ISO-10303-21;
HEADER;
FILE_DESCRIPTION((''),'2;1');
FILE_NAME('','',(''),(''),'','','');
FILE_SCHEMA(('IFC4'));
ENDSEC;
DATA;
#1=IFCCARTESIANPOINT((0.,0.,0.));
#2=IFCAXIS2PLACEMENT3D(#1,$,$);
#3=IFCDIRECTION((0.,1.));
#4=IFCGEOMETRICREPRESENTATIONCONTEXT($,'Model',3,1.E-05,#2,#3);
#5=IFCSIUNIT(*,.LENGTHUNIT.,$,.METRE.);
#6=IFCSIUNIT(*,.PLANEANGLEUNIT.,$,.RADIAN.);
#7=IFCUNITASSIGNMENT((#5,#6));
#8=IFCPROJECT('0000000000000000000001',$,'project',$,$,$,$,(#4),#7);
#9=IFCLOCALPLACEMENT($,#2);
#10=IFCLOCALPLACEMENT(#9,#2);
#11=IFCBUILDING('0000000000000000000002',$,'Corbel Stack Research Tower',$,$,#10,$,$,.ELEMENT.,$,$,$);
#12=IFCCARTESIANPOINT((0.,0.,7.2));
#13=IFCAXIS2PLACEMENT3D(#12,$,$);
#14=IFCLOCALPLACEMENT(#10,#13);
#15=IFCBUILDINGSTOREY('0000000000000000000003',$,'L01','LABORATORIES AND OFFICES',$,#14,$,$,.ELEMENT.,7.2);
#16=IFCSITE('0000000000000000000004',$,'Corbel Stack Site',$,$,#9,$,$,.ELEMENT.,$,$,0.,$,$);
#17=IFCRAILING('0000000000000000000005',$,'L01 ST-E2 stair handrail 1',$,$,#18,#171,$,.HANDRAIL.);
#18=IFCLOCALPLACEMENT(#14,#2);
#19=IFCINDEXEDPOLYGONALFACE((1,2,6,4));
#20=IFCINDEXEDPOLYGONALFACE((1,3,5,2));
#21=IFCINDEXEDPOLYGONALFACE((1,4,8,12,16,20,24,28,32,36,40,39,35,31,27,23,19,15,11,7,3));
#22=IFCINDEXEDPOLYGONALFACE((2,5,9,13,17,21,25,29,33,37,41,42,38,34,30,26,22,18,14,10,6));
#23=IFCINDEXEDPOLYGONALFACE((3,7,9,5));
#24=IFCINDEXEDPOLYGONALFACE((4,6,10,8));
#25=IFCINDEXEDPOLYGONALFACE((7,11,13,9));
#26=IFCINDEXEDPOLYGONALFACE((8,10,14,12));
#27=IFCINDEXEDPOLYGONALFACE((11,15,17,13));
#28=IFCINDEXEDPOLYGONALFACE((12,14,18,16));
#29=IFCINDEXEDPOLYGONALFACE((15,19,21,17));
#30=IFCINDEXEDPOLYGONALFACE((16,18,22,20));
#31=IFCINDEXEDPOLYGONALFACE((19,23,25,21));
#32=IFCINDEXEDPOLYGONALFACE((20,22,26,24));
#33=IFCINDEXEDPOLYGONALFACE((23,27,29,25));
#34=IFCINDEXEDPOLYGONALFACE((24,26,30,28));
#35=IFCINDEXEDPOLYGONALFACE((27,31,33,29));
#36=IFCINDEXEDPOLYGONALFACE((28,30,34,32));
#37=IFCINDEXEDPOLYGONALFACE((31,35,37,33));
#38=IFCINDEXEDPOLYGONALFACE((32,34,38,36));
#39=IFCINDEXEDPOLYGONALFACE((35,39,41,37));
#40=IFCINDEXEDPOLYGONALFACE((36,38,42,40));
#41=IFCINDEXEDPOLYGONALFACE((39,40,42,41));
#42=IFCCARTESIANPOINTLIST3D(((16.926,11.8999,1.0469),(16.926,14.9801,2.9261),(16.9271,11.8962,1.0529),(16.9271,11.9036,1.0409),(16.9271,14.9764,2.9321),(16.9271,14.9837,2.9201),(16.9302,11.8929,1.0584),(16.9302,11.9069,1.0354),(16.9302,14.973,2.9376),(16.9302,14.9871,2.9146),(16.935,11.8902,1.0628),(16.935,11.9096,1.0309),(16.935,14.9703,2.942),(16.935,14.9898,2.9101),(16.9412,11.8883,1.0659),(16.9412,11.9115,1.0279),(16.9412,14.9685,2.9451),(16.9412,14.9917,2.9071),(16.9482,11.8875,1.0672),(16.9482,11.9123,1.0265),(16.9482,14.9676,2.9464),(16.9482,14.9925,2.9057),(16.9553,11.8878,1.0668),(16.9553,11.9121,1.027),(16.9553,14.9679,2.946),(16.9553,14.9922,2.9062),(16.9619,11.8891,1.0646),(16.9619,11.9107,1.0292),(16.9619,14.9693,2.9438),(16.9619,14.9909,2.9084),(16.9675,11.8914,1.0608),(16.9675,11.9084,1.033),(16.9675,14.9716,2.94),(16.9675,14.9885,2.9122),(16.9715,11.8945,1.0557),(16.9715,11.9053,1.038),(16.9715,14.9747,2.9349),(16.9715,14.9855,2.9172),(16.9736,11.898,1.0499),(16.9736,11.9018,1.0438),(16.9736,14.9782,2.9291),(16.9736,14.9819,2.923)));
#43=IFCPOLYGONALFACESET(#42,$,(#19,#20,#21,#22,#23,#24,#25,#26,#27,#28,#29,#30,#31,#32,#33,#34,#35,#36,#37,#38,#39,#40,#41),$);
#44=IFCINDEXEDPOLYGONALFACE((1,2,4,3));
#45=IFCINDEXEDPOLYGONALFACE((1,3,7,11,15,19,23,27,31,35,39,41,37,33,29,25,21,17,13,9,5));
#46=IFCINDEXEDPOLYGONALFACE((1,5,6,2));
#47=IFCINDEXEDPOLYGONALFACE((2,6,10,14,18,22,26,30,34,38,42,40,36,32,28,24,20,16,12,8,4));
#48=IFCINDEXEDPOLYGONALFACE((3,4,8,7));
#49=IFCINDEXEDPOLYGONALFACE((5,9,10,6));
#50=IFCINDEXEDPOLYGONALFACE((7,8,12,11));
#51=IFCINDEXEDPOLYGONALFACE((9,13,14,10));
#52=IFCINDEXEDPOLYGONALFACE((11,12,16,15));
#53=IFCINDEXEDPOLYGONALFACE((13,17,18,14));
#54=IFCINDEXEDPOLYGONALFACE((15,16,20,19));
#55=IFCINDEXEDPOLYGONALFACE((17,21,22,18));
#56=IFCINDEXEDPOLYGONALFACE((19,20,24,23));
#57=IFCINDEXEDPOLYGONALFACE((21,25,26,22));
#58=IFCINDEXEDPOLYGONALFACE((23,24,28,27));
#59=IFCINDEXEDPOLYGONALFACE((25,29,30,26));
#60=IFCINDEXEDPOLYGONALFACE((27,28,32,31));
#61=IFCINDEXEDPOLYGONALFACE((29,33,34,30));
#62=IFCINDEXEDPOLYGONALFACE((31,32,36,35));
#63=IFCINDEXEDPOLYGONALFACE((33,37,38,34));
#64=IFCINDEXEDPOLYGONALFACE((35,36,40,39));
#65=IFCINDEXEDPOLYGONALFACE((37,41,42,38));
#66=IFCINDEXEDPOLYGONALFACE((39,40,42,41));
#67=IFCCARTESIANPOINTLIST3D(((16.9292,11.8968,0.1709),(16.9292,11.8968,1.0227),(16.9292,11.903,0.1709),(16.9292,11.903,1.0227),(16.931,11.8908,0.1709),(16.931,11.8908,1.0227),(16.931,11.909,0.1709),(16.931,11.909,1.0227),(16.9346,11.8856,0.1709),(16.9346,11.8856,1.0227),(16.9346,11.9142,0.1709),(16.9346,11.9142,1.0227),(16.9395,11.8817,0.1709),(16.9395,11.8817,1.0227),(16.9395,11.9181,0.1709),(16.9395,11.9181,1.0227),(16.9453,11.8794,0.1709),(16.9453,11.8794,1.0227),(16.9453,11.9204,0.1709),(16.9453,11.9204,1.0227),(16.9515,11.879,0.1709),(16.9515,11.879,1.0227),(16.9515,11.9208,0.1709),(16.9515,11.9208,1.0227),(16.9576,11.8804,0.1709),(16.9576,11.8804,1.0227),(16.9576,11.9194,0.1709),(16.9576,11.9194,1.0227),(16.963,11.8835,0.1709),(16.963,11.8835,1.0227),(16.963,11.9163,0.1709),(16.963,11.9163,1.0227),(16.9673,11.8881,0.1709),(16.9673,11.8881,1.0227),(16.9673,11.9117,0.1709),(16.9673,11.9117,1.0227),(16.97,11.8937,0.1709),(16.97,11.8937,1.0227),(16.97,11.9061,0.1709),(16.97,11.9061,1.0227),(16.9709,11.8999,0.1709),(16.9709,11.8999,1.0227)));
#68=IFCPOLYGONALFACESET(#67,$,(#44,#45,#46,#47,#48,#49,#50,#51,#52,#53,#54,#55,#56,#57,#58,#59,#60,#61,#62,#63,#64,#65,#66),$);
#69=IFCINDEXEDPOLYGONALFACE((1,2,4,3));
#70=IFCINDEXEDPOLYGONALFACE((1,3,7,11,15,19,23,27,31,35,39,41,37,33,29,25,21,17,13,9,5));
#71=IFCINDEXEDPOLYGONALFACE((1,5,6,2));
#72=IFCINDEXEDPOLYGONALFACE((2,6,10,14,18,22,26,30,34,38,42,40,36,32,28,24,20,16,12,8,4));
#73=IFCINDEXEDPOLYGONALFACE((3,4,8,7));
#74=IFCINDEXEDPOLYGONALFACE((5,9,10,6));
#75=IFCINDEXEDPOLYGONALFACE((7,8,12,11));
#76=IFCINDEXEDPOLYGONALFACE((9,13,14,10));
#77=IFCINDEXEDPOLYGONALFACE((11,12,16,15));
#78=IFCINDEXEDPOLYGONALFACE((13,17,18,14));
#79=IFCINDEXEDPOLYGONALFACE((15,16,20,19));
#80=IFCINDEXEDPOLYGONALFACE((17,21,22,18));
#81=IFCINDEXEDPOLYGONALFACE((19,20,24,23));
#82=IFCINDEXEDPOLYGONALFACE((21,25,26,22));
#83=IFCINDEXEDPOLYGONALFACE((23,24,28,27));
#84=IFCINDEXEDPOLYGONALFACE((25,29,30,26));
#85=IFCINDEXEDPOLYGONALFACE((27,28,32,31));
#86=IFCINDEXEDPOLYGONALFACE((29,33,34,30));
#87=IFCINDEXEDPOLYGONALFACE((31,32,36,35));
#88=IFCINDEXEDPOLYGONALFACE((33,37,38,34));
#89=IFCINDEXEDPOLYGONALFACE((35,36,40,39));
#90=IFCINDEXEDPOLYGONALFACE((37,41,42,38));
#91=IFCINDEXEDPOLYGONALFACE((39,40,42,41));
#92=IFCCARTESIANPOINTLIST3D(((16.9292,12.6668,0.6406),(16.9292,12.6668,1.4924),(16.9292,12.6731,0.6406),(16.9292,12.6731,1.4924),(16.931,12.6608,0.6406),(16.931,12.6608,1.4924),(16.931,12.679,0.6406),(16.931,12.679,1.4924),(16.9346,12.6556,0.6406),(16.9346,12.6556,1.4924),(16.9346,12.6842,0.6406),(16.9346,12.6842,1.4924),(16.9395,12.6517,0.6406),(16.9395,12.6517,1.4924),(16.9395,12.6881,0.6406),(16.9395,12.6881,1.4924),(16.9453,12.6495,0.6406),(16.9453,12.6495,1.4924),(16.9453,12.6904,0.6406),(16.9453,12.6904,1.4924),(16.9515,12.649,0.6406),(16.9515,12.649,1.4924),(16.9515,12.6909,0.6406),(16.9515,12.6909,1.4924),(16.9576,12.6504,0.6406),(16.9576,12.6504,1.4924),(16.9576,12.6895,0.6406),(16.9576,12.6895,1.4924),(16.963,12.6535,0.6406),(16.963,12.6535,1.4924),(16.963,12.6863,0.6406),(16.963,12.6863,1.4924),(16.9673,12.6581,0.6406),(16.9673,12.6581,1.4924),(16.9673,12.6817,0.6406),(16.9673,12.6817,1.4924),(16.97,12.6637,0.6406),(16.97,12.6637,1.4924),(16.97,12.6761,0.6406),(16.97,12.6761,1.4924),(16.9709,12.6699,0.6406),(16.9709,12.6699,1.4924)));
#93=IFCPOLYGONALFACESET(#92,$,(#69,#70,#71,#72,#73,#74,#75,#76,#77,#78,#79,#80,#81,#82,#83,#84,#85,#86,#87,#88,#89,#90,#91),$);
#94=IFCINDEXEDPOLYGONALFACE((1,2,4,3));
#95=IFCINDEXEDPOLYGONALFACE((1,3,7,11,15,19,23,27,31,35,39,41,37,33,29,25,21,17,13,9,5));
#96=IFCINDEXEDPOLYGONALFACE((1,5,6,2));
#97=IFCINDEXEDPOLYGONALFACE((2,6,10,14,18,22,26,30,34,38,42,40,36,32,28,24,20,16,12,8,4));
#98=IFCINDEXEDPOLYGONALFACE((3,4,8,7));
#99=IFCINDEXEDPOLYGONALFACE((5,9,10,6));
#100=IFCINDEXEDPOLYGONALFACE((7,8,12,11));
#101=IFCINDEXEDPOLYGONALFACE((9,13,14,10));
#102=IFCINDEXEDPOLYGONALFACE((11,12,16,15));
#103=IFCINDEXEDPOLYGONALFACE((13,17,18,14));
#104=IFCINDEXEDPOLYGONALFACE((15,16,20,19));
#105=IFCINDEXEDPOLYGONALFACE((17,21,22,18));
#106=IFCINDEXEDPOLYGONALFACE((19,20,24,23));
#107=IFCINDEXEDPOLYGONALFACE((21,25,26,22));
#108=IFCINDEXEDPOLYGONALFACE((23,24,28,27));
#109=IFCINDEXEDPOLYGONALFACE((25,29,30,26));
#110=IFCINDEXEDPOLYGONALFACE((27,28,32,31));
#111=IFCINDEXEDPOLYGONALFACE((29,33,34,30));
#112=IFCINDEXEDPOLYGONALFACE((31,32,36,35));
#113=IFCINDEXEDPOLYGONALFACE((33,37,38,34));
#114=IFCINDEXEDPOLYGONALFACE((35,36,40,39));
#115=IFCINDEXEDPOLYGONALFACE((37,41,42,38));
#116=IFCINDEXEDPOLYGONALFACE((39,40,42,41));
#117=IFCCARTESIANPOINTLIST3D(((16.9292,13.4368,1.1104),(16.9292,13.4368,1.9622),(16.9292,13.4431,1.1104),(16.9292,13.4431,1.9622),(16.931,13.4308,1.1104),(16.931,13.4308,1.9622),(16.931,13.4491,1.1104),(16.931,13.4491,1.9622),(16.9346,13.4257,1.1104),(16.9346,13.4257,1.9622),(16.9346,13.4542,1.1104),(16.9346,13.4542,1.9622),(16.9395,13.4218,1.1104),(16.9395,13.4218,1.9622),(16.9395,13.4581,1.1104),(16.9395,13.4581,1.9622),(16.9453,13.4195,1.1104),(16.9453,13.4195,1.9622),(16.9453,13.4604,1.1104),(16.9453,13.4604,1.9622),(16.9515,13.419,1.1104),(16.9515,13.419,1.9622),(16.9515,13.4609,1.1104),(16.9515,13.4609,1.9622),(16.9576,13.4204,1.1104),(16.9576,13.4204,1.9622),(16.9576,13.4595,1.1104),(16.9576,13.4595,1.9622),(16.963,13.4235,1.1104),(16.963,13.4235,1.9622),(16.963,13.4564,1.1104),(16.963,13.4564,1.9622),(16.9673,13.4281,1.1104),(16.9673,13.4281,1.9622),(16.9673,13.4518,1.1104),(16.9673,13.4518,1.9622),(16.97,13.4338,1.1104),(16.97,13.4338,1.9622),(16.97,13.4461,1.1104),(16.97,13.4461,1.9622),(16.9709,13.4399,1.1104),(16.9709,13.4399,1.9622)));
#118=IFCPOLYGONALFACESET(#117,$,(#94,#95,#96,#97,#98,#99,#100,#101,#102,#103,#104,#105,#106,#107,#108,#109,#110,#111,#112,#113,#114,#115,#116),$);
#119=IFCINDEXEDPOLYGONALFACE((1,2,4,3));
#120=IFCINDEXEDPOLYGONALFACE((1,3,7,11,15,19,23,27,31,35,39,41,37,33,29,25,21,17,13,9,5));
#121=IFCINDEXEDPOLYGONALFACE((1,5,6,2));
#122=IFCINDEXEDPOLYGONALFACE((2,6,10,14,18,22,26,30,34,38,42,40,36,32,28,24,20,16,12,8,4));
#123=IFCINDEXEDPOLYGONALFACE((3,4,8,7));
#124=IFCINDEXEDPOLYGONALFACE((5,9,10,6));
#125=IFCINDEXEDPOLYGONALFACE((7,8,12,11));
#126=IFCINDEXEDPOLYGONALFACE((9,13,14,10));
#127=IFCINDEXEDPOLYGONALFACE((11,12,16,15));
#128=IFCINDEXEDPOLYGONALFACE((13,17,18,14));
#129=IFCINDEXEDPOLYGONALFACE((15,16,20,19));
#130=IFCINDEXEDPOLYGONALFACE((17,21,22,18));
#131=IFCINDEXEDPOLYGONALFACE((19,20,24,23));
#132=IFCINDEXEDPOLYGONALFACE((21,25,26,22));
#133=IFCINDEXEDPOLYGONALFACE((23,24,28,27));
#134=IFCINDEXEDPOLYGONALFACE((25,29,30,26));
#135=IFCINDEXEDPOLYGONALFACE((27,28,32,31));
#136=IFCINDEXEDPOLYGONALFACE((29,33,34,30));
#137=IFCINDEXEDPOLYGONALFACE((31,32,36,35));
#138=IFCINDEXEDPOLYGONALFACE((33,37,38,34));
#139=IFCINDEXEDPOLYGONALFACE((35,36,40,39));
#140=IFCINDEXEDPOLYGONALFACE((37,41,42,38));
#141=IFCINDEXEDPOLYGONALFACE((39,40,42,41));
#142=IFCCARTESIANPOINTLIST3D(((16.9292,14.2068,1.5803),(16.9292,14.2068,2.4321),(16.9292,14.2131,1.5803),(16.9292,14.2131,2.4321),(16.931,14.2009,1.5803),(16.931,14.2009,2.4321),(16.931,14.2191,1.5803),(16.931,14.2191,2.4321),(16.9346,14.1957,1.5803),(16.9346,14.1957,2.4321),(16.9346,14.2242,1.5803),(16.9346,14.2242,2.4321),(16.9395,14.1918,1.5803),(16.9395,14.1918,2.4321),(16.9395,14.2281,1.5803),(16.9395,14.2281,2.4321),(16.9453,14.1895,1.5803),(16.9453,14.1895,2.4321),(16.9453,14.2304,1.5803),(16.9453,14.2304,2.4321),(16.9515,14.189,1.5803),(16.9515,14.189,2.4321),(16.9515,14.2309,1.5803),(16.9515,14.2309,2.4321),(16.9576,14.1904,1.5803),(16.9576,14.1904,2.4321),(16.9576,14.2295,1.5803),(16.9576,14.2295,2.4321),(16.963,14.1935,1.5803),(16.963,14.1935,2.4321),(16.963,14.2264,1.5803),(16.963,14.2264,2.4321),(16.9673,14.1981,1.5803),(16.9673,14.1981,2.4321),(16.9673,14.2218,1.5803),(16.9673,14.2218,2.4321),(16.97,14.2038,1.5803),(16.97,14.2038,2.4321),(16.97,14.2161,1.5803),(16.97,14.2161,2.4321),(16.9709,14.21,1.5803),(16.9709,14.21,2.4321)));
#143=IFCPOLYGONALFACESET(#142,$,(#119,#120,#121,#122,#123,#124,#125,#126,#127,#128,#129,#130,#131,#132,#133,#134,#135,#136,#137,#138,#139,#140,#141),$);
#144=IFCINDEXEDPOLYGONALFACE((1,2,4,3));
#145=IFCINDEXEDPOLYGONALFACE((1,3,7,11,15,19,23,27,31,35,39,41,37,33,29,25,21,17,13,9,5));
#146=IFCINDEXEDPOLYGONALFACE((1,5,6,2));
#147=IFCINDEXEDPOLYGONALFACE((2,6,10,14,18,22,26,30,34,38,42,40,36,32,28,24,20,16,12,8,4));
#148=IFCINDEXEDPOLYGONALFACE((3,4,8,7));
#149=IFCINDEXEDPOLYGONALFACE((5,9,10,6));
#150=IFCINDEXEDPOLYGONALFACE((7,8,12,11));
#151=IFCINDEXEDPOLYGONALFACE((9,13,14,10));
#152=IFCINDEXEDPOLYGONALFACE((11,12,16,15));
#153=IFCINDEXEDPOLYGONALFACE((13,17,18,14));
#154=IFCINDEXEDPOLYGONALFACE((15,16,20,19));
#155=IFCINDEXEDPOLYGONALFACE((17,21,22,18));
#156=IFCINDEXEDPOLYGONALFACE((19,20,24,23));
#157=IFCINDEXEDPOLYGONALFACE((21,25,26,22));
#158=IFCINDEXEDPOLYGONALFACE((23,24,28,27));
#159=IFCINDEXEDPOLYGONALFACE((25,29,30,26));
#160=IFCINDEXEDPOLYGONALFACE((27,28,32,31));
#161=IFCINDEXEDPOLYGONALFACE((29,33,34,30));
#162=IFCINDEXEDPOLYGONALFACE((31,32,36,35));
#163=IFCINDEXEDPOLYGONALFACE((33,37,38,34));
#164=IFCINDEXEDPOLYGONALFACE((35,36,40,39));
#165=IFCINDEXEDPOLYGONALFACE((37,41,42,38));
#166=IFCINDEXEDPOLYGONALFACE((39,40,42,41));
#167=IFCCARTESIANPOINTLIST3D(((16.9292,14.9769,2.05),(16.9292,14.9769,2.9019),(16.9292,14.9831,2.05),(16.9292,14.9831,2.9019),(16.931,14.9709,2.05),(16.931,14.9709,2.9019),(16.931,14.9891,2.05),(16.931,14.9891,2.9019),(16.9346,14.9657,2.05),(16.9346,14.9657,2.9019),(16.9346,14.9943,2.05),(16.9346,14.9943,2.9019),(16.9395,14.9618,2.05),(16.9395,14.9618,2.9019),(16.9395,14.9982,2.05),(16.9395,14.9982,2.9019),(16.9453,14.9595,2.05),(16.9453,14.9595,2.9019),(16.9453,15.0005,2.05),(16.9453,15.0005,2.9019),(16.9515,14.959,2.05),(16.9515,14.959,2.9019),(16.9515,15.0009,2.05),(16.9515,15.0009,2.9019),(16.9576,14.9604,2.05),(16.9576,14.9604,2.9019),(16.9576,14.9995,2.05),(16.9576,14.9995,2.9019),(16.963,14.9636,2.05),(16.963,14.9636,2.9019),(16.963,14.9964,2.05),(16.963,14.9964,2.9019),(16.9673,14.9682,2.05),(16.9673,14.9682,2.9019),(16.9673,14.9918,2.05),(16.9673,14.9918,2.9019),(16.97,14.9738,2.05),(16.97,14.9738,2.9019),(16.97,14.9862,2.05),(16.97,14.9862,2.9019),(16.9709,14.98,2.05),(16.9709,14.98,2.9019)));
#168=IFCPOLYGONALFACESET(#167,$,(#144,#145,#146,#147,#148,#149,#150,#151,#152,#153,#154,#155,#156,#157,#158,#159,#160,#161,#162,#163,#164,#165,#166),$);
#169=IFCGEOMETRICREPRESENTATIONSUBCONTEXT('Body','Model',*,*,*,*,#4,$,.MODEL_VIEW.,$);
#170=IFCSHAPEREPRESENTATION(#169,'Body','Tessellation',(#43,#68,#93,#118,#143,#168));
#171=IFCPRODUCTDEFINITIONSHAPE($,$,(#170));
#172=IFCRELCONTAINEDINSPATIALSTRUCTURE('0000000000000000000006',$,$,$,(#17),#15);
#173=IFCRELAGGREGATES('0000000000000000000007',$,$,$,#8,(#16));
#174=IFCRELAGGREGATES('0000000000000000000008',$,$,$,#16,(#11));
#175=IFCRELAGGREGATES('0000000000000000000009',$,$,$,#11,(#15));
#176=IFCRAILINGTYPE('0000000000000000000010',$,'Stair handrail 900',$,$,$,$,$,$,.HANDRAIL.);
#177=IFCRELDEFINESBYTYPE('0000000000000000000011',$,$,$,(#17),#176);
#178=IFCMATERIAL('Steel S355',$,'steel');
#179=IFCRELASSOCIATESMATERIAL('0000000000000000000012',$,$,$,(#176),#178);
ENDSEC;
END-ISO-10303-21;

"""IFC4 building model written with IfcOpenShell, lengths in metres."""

from ifc_helpers import new_model, si_unit, direction, frame, origin, origin_2d, place, context, subcontext, project, spatial, circle, extrude, material, type_object, element, save


model = new_model("IFC4")

# Units and contexts
model_context = context("Model", 3, precision=1e-05, world=origin(), true_north=direction((0.0, 1.0)))
body_context = subcontext(model_context, "Body", "Model", "MODEL_VIEW")
ifc_project = project(units=[si_unit("LENGTHUNIT", "METRE"), si_unit("PLANEANGLEUNIT", "RADIAN")], contexts=[model_context])

# Site, building, storey
site_placement = place(None, origin())
site = spatial("IfcSite", under=ifc_project, at=site_placement, Name="Corbel Stack Site", CompositionType="ELEMENT", RefElevation=0.0)
building_placement = place(site_placement, origin())
building = spatial("IfcBuilding", under=site, at=building_placement, Name="Corbel Stack Research Tower", CompositionType="ELEMENT")
storey_placement = place(building_placement, frame((0.0, 0.0, 7.2)))
storey = spatial("IfcBuildingStorey", under=building, at=storey_placement, Name="L01", Description="LABORATORIES AND OFFICES", CompositionType="ELEMENT", Elevation=7.2)

# Railing
ifc_material_1 = material(Name="Steel S355", Category="steel")
railing_type = type_object("IfcRailingType", Name="Stair handrail 900", PredefinedType="HANDRAIL", material=ifc_material_1)
railing_placement = place(storey_placement, frame((16.95, 11.8999, 0.1709)))
element("IfcRailing", 1, at=railing_placement, inside=storey, type_object=railing_type, Name="L01 ST-E2 stair handrail 1", PredefinedType="HANDRAIL", context=body_context, shape_type="SweptSolid", body=[
    extrude(circle(Radius=0.0239, at=origin_2d()), frame((0.0, 0.0, 0.876), z_axis=(0.0, 0.853666, 0.52082), x_axis=(-1.0, 0.0, 0.0)), (0.0, 0.0, 1.0), 3.6082),
    extrude(circle(Radius=0.021, at=origin_2d()), origin(), (0.0, 0.0, 1.0), 0.8518),
    extrude(circle(Radius=0.021, at=origin_2d()), frame((0.0, 0.77, 0.4697)), (0.0, 0.0, 1.0), 0.8518),
    extrude(circle(Radius=0.021, at=origin_2d()), frame((0.0, 1.54, 0.9395)), (0.0, 0.0, 1.0), 0.8518),
    extrude(circle(Radius=0.021, at=origin_2d()), frame((0.0, 2.3101, 1.4094)), (0.0, 0.0, 1.0), 0.8518),
    extrude(circle(Radius=0.021, at=origin_2d()), frame((0.0, 3.0801, 1.8792)), (0.0, 0.0, 1.0), 0.8518),
])

save(model, "model.ifc")
